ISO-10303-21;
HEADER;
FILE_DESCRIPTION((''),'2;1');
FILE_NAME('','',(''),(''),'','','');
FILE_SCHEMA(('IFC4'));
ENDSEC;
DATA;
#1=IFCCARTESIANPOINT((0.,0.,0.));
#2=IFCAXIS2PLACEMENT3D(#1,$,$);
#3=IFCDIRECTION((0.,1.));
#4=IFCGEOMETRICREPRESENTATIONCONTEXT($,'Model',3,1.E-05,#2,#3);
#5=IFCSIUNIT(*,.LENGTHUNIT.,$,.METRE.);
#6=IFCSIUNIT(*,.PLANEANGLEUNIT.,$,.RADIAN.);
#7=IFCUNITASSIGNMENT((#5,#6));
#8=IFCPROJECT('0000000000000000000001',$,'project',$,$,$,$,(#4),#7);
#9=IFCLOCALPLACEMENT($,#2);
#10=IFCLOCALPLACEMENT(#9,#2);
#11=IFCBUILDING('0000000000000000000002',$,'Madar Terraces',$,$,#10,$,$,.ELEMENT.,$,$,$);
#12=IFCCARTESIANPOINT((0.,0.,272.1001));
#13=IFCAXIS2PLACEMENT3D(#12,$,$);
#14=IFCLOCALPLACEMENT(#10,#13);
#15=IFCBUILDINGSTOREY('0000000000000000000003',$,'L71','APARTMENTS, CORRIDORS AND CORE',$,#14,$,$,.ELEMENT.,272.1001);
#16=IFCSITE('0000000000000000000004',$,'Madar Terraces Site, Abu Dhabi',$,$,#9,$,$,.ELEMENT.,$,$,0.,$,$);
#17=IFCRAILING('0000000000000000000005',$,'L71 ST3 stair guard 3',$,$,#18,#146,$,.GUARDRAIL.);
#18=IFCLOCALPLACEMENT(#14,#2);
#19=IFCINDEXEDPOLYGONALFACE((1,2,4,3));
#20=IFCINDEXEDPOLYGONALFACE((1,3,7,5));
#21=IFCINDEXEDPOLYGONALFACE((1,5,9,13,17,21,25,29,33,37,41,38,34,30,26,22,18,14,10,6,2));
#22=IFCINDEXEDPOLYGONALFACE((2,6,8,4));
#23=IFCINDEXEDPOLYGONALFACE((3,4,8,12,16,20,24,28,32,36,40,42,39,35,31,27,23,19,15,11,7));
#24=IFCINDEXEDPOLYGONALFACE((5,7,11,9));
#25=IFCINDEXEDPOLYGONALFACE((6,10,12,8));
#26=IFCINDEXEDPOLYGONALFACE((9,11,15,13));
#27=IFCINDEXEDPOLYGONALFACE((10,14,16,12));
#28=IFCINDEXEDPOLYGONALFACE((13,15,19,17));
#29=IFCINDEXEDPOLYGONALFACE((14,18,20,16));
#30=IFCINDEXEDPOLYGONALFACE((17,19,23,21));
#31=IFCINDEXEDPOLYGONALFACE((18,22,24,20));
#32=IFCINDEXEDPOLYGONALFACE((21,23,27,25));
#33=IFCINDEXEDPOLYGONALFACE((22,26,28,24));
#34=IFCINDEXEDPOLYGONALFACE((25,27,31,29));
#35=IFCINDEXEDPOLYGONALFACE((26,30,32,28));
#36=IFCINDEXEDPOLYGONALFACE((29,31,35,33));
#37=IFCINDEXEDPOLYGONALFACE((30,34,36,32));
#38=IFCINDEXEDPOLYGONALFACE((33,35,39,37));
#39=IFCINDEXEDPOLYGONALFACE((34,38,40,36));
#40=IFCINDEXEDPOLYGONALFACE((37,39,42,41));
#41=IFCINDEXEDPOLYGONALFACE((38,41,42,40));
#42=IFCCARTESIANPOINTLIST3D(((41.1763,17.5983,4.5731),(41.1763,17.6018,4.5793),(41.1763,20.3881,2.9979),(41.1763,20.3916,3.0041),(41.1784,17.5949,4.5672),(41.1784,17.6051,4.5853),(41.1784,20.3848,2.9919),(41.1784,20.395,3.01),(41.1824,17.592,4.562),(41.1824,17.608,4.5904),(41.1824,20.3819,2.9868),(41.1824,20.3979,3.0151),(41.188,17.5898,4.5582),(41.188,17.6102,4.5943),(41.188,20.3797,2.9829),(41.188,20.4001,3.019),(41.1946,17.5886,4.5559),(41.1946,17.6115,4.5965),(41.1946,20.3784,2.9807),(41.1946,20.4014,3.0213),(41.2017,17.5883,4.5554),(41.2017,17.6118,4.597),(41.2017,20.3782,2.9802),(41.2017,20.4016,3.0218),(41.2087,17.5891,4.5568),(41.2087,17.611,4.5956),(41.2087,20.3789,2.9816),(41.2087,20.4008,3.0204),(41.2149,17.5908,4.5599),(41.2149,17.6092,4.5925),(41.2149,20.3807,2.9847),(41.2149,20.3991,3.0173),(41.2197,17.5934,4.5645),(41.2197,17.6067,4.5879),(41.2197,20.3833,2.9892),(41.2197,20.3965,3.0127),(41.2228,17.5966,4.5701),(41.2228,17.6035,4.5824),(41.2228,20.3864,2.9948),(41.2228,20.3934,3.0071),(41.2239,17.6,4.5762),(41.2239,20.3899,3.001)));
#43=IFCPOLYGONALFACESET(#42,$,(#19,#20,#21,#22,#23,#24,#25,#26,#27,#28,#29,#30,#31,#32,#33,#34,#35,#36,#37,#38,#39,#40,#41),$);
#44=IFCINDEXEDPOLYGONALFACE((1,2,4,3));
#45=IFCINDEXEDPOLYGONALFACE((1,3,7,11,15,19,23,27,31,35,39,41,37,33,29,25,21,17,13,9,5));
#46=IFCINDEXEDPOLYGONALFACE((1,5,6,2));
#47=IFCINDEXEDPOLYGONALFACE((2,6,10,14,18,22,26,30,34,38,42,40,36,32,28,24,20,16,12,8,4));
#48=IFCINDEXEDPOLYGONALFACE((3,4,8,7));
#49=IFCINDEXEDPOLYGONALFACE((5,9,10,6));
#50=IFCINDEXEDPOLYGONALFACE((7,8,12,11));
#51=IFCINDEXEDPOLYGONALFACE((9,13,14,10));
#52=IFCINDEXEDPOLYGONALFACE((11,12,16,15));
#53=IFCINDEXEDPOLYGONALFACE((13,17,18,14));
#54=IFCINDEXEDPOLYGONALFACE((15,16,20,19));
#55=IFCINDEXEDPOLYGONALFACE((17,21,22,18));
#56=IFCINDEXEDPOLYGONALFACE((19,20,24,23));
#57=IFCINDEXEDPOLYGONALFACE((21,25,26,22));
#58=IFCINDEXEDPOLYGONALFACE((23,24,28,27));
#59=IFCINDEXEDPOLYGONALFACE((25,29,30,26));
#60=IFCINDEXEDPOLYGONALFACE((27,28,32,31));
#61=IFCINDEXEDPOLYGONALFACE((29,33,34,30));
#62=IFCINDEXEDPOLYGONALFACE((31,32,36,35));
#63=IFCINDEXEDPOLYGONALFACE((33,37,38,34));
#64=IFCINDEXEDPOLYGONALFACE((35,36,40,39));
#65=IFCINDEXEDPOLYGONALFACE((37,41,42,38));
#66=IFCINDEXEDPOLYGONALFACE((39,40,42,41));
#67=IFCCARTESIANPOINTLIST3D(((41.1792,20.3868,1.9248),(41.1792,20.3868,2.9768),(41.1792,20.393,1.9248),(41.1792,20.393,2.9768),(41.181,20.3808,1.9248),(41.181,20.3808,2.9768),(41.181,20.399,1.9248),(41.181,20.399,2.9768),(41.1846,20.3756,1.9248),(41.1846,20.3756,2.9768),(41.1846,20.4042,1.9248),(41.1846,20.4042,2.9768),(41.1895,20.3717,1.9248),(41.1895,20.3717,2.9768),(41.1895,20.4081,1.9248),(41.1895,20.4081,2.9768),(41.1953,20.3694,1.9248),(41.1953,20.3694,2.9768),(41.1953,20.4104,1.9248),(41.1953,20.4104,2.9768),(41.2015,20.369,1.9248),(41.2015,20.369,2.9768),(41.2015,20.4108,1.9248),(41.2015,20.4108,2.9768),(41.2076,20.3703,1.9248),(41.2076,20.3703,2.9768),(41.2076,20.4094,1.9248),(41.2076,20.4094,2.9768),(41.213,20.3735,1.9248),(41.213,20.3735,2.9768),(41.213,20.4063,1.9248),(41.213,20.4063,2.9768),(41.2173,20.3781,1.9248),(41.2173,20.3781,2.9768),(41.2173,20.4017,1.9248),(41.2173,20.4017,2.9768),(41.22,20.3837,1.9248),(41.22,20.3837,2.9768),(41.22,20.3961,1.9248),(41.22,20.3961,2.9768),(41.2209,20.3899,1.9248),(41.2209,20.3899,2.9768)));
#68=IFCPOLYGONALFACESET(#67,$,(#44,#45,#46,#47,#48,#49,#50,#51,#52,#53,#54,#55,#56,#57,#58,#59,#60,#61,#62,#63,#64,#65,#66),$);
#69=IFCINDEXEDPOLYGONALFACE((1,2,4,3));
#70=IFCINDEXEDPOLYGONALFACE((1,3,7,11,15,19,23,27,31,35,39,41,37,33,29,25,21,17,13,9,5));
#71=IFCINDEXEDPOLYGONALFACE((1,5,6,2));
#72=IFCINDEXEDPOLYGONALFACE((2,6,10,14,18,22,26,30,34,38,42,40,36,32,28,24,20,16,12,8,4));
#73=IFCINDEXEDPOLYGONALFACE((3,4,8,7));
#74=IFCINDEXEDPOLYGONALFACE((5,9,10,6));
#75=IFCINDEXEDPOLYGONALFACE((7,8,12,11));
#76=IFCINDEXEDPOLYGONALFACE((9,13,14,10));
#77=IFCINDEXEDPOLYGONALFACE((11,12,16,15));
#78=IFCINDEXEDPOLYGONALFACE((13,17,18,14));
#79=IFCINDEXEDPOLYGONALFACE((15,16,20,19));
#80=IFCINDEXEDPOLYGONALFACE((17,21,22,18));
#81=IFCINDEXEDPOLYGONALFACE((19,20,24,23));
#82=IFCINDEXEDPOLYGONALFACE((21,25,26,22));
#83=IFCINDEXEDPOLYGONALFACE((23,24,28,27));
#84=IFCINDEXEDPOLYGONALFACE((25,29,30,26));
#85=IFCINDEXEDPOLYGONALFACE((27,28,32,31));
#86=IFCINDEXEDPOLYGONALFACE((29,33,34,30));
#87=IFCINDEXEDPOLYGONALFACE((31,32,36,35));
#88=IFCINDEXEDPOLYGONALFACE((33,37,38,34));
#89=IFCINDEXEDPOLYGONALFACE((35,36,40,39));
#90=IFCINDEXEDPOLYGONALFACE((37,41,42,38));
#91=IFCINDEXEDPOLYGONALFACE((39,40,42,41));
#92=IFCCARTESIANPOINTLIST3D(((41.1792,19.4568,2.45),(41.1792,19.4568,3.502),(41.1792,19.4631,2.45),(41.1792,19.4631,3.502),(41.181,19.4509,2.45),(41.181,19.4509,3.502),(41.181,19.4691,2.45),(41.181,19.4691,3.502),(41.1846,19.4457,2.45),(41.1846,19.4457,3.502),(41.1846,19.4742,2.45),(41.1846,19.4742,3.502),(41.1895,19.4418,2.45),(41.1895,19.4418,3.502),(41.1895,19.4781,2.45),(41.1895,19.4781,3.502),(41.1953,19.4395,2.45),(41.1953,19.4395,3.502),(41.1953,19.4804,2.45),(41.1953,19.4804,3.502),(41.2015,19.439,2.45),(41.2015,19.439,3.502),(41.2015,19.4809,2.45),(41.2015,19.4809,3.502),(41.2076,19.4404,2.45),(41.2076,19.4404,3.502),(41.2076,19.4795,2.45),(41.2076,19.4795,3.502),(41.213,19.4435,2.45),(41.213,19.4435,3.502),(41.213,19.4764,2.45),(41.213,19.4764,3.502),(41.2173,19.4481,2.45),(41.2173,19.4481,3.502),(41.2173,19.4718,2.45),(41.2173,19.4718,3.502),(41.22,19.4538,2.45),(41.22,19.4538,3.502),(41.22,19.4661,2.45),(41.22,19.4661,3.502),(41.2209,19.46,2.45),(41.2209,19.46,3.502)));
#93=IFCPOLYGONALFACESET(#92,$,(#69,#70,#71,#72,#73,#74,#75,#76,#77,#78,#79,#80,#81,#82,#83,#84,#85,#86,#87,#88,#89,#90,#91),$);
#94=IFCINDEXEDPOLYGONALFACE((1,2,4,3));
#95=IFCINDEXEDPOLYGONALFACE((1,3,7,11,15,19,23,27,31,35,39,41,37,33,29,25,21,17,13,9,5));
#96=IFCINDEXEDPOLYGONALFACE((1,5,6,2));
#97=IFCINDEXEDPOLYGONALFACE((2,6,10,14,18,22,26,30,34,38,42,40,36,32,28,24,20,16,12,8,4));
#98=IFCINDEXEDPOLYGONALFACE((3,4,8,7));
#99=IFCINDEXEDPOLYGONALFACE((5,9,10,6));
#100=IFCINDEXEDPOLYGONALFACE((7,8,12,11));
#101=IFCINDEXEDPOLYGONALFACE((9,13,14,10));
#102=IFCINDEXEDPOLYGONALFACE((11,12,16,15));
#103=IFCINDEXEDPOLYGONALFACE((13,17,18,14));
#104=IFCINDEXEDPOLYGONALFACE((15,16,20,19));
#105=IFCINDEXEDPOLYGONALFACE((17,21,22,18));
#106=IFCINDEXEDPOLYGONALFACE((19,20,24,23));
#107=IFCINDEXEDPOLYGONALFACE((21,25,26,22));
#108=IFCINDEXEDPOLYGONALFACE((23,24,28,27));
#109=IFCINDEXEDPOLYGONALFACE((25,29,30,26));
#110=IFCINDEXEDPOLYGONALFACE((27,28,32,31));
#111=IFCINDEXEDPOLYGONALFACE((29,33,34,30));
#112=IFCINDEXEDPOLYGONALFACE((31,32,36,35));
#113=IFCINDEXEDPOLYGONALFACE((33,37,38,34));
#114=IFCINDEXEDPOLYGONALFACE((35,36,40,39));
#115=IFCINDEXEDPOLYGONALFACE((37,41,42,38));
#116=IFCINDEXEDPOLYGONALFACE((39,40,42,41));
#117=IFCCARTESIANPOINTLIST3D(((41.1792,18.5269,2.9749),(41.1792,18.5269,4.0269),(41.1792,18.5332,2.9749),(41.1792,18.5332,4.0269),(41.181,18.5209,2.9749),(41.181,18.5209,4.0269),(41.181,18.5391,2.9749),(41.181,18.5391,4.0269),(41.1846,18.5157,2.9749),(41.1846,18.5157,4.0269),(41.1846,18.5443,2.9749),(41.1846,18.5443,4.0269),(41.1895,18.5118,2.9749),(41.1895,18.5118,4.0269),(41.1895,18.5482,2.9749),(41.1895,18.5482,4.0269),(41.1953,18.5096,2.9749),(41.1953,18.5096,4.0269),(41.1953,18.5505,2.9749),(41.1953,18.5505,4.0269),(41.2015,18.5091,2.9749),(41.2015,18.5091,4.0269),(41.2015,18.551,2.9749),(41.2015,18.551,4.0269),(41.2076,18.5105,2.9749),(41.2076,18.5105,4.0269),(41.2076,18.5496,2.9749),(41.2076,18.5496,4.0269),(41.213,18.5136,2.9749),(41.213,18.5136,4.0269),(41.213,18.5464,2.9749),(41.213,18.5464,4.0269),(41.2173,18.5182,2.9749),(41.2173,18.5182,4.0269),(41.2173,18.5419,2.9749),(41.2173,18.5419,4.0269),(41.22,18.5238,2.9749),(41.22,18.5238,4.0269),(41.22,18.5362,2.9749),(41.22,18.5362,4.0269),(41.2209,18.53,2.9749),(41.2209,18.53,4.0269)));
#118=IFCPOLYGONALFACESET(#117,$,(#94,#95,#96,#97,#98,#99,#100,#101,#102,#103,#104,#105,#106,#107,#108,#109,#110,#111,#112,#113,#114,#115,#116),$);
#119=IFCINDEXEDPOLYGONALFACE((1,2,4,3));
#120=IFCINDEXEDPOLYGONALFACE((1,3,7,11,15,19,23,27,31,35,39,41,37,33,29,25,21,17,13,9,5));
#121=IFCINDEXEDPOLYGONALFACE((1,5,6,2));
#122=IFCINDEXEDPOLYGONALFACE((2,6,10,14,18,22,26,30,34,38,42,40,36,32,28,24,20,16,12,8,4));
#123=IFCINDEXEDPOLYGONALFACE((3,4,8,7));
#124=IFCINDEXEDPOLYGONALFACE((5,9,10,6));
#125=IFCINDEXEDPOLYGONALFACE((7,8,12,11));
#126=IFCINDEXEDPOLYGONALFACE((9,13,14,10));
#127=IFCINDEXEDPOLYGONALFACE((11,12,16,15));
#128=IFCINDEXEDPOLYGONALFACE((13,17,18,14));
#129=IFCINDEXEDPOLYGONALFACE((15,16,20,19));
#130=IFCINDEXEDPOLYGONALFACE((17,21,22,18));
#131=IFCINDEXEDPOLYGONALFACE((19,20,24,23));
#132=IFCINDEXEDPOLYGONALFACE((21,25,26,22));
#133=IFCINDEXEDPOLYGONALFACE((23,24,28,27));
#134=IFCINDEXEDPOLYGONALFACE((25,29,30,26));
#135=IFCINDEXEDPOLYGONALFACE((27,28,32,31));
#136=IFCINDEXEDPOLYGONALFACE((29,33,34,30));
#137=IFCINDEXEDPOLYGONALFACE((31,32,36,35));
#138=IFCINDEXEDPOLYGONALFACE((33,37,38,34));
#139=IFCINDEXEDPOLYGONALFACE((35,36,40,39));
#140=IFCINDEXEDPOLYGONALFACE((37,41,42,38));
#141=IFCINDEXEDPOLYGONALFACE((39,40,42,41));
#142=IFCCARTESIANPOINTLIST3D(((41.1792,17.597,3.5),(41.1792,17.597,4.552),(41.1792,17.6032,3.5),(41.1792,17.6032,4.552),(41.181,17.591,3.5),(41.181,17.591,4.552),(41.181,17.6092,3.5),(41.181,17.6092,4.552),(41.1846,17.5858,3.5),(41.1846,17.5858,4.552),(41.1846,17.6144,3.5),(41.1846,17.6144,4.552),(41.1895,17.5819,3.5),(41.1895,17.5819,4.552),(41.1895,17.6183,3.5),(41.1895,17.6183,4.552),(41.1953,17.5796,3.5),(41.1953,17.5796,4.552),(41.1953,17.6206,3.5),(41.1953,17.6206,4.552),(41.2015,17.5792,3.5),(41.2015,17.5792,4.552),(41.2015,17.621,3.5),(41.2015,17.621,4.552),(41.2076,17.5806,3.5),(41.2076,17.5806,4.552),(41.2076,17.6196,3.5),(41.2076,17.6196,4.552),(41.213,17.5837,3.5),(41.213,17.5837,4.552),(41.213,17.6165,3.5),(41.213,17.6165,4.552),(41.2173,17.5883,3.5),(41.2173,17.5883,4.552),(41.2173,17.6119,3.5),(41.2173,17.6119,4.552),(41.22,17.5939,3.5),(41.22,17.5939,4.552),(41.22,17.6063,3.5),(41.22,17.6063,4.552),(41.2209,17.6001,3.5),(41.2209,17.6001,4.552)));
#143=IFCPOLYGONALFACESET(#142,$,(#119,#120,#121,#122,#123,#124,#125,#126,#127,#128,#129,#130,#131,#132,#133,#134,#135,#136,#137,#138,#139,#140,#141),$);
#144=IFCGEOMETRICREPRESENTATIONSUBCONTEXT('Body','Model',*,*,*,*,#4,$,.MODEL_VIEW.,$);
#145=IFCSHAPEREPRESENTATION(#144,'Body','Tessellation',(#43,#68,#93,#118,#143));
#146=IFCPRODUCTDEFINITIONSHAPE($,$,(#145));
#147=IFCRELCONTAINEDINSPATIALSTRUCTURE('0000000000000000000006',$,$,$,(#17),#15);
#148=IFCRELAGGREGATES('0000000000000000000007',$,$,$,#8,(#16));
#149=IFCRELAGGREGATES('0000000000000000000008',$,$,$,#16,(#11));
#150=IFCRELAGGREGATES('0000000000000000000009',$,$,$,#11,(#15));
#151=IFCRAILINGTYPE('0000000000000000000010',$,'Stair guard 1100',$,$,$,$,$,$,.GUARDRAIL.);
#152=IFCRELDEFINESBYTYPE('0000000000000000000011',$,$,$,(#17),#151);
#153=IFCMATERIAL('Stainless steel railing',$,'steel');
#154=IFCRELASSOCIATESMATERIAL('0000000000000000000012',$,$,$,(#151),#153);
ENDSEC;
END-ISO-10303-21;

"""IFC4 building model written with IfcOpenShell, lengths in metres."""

from ifc_helpers import new_model, si_unit, direction, frame, origin, origin_2d, place, context, subcontext, project, spatial, circle, extrude, material, type_object, element, save


model = new_model("IFC4")

# Units and contexts
model_context = context("Model", 3, precision=1e-05, world=origin(), true_north=direction((0.0, 1.0)))
body_context = subcontext(model_context, "Body", "Model", "MODEL_VIEW")
ifc_project = project(units=[si_unit("LENGTHUNIT", "METRE"), si_unit("PLANEANGLEUNIT", "RADIAN")], contexts=[model_context])

# Site, building, storey
site_placement = place(None, origin())
site = spatial("IfcSite", under=ifc_project, at=site_placement, Name="Madar Terraces Site, Abu Dhabi", CompositionType="ELEMENT", RefElevation=0.0)
building_placement = place(site_placement, origin())
building = spatial("IfcBuilding", under=site, at=building_placement, Name="Madar Terraces", CompositionType="ELEMENT")
storey_placement = place(building_placement, frame((0.0, 0.0, 272.1001)))
storey = spatial("IfcBuildingStorey", under=building, at=storey_placement, Name="L71", Description="APARTMENTS, CORRIDORS AND CORE", CompositionType="ELEMENT", Elevation=272.1001)

# Railing
ifc_material_1 = material(Name="Stainless steel railing", Category="steel")
railing_type_1 = type_object("IfcRailingType", Name="Stair guard 1100", PredefinedType="GUARDRAIL", material=ifc_material_1)
railing_1_placement = place(storey_placement, frame((41.2, 20.3899, 1.9248)))
element("IfcRailing", 1, at=railing_1_placement, inside=storey, type_object=railing_type_1, Name="L71 ST3 stair guard 3", PredefinedType="GUARDRAIL", context=body_context, shape_type="SweptSolid", body=[
    extrude(circle(Radius=0.0239, at=origin_2d()), frame((0.0, 0.0, 1.0762), z_axis=(0.0, -0.870783, 0.491668), x_axis=(1.0, 0.0, 0.0)), (0.0, 0.0, 1.0), 3.2039),
    extrude(circle(Radius=0.021, at=origin_2d()), origin(), (0.0, 0.0, 1.0), 1.052),
    extrude(circle(Radius=0.021, at=origin_2d()), frame((0.0, -0.9299, 0.5251)), (0.0, 0.0, 1.0), 1.052),
    extrude(circle(Radius=0.021, at=origin_2d()), frame((0.0, -1.8599, 1.05)), (0.0, 0.0, 1.0), 1.052),
    extrude(circle(Radius=0.021, at=origin_2d()), frame((0.0, -2.7898, 1.5752)), (0.0, 0.0, 1.0), 1.052),
])

save(model, "model.ifc")
